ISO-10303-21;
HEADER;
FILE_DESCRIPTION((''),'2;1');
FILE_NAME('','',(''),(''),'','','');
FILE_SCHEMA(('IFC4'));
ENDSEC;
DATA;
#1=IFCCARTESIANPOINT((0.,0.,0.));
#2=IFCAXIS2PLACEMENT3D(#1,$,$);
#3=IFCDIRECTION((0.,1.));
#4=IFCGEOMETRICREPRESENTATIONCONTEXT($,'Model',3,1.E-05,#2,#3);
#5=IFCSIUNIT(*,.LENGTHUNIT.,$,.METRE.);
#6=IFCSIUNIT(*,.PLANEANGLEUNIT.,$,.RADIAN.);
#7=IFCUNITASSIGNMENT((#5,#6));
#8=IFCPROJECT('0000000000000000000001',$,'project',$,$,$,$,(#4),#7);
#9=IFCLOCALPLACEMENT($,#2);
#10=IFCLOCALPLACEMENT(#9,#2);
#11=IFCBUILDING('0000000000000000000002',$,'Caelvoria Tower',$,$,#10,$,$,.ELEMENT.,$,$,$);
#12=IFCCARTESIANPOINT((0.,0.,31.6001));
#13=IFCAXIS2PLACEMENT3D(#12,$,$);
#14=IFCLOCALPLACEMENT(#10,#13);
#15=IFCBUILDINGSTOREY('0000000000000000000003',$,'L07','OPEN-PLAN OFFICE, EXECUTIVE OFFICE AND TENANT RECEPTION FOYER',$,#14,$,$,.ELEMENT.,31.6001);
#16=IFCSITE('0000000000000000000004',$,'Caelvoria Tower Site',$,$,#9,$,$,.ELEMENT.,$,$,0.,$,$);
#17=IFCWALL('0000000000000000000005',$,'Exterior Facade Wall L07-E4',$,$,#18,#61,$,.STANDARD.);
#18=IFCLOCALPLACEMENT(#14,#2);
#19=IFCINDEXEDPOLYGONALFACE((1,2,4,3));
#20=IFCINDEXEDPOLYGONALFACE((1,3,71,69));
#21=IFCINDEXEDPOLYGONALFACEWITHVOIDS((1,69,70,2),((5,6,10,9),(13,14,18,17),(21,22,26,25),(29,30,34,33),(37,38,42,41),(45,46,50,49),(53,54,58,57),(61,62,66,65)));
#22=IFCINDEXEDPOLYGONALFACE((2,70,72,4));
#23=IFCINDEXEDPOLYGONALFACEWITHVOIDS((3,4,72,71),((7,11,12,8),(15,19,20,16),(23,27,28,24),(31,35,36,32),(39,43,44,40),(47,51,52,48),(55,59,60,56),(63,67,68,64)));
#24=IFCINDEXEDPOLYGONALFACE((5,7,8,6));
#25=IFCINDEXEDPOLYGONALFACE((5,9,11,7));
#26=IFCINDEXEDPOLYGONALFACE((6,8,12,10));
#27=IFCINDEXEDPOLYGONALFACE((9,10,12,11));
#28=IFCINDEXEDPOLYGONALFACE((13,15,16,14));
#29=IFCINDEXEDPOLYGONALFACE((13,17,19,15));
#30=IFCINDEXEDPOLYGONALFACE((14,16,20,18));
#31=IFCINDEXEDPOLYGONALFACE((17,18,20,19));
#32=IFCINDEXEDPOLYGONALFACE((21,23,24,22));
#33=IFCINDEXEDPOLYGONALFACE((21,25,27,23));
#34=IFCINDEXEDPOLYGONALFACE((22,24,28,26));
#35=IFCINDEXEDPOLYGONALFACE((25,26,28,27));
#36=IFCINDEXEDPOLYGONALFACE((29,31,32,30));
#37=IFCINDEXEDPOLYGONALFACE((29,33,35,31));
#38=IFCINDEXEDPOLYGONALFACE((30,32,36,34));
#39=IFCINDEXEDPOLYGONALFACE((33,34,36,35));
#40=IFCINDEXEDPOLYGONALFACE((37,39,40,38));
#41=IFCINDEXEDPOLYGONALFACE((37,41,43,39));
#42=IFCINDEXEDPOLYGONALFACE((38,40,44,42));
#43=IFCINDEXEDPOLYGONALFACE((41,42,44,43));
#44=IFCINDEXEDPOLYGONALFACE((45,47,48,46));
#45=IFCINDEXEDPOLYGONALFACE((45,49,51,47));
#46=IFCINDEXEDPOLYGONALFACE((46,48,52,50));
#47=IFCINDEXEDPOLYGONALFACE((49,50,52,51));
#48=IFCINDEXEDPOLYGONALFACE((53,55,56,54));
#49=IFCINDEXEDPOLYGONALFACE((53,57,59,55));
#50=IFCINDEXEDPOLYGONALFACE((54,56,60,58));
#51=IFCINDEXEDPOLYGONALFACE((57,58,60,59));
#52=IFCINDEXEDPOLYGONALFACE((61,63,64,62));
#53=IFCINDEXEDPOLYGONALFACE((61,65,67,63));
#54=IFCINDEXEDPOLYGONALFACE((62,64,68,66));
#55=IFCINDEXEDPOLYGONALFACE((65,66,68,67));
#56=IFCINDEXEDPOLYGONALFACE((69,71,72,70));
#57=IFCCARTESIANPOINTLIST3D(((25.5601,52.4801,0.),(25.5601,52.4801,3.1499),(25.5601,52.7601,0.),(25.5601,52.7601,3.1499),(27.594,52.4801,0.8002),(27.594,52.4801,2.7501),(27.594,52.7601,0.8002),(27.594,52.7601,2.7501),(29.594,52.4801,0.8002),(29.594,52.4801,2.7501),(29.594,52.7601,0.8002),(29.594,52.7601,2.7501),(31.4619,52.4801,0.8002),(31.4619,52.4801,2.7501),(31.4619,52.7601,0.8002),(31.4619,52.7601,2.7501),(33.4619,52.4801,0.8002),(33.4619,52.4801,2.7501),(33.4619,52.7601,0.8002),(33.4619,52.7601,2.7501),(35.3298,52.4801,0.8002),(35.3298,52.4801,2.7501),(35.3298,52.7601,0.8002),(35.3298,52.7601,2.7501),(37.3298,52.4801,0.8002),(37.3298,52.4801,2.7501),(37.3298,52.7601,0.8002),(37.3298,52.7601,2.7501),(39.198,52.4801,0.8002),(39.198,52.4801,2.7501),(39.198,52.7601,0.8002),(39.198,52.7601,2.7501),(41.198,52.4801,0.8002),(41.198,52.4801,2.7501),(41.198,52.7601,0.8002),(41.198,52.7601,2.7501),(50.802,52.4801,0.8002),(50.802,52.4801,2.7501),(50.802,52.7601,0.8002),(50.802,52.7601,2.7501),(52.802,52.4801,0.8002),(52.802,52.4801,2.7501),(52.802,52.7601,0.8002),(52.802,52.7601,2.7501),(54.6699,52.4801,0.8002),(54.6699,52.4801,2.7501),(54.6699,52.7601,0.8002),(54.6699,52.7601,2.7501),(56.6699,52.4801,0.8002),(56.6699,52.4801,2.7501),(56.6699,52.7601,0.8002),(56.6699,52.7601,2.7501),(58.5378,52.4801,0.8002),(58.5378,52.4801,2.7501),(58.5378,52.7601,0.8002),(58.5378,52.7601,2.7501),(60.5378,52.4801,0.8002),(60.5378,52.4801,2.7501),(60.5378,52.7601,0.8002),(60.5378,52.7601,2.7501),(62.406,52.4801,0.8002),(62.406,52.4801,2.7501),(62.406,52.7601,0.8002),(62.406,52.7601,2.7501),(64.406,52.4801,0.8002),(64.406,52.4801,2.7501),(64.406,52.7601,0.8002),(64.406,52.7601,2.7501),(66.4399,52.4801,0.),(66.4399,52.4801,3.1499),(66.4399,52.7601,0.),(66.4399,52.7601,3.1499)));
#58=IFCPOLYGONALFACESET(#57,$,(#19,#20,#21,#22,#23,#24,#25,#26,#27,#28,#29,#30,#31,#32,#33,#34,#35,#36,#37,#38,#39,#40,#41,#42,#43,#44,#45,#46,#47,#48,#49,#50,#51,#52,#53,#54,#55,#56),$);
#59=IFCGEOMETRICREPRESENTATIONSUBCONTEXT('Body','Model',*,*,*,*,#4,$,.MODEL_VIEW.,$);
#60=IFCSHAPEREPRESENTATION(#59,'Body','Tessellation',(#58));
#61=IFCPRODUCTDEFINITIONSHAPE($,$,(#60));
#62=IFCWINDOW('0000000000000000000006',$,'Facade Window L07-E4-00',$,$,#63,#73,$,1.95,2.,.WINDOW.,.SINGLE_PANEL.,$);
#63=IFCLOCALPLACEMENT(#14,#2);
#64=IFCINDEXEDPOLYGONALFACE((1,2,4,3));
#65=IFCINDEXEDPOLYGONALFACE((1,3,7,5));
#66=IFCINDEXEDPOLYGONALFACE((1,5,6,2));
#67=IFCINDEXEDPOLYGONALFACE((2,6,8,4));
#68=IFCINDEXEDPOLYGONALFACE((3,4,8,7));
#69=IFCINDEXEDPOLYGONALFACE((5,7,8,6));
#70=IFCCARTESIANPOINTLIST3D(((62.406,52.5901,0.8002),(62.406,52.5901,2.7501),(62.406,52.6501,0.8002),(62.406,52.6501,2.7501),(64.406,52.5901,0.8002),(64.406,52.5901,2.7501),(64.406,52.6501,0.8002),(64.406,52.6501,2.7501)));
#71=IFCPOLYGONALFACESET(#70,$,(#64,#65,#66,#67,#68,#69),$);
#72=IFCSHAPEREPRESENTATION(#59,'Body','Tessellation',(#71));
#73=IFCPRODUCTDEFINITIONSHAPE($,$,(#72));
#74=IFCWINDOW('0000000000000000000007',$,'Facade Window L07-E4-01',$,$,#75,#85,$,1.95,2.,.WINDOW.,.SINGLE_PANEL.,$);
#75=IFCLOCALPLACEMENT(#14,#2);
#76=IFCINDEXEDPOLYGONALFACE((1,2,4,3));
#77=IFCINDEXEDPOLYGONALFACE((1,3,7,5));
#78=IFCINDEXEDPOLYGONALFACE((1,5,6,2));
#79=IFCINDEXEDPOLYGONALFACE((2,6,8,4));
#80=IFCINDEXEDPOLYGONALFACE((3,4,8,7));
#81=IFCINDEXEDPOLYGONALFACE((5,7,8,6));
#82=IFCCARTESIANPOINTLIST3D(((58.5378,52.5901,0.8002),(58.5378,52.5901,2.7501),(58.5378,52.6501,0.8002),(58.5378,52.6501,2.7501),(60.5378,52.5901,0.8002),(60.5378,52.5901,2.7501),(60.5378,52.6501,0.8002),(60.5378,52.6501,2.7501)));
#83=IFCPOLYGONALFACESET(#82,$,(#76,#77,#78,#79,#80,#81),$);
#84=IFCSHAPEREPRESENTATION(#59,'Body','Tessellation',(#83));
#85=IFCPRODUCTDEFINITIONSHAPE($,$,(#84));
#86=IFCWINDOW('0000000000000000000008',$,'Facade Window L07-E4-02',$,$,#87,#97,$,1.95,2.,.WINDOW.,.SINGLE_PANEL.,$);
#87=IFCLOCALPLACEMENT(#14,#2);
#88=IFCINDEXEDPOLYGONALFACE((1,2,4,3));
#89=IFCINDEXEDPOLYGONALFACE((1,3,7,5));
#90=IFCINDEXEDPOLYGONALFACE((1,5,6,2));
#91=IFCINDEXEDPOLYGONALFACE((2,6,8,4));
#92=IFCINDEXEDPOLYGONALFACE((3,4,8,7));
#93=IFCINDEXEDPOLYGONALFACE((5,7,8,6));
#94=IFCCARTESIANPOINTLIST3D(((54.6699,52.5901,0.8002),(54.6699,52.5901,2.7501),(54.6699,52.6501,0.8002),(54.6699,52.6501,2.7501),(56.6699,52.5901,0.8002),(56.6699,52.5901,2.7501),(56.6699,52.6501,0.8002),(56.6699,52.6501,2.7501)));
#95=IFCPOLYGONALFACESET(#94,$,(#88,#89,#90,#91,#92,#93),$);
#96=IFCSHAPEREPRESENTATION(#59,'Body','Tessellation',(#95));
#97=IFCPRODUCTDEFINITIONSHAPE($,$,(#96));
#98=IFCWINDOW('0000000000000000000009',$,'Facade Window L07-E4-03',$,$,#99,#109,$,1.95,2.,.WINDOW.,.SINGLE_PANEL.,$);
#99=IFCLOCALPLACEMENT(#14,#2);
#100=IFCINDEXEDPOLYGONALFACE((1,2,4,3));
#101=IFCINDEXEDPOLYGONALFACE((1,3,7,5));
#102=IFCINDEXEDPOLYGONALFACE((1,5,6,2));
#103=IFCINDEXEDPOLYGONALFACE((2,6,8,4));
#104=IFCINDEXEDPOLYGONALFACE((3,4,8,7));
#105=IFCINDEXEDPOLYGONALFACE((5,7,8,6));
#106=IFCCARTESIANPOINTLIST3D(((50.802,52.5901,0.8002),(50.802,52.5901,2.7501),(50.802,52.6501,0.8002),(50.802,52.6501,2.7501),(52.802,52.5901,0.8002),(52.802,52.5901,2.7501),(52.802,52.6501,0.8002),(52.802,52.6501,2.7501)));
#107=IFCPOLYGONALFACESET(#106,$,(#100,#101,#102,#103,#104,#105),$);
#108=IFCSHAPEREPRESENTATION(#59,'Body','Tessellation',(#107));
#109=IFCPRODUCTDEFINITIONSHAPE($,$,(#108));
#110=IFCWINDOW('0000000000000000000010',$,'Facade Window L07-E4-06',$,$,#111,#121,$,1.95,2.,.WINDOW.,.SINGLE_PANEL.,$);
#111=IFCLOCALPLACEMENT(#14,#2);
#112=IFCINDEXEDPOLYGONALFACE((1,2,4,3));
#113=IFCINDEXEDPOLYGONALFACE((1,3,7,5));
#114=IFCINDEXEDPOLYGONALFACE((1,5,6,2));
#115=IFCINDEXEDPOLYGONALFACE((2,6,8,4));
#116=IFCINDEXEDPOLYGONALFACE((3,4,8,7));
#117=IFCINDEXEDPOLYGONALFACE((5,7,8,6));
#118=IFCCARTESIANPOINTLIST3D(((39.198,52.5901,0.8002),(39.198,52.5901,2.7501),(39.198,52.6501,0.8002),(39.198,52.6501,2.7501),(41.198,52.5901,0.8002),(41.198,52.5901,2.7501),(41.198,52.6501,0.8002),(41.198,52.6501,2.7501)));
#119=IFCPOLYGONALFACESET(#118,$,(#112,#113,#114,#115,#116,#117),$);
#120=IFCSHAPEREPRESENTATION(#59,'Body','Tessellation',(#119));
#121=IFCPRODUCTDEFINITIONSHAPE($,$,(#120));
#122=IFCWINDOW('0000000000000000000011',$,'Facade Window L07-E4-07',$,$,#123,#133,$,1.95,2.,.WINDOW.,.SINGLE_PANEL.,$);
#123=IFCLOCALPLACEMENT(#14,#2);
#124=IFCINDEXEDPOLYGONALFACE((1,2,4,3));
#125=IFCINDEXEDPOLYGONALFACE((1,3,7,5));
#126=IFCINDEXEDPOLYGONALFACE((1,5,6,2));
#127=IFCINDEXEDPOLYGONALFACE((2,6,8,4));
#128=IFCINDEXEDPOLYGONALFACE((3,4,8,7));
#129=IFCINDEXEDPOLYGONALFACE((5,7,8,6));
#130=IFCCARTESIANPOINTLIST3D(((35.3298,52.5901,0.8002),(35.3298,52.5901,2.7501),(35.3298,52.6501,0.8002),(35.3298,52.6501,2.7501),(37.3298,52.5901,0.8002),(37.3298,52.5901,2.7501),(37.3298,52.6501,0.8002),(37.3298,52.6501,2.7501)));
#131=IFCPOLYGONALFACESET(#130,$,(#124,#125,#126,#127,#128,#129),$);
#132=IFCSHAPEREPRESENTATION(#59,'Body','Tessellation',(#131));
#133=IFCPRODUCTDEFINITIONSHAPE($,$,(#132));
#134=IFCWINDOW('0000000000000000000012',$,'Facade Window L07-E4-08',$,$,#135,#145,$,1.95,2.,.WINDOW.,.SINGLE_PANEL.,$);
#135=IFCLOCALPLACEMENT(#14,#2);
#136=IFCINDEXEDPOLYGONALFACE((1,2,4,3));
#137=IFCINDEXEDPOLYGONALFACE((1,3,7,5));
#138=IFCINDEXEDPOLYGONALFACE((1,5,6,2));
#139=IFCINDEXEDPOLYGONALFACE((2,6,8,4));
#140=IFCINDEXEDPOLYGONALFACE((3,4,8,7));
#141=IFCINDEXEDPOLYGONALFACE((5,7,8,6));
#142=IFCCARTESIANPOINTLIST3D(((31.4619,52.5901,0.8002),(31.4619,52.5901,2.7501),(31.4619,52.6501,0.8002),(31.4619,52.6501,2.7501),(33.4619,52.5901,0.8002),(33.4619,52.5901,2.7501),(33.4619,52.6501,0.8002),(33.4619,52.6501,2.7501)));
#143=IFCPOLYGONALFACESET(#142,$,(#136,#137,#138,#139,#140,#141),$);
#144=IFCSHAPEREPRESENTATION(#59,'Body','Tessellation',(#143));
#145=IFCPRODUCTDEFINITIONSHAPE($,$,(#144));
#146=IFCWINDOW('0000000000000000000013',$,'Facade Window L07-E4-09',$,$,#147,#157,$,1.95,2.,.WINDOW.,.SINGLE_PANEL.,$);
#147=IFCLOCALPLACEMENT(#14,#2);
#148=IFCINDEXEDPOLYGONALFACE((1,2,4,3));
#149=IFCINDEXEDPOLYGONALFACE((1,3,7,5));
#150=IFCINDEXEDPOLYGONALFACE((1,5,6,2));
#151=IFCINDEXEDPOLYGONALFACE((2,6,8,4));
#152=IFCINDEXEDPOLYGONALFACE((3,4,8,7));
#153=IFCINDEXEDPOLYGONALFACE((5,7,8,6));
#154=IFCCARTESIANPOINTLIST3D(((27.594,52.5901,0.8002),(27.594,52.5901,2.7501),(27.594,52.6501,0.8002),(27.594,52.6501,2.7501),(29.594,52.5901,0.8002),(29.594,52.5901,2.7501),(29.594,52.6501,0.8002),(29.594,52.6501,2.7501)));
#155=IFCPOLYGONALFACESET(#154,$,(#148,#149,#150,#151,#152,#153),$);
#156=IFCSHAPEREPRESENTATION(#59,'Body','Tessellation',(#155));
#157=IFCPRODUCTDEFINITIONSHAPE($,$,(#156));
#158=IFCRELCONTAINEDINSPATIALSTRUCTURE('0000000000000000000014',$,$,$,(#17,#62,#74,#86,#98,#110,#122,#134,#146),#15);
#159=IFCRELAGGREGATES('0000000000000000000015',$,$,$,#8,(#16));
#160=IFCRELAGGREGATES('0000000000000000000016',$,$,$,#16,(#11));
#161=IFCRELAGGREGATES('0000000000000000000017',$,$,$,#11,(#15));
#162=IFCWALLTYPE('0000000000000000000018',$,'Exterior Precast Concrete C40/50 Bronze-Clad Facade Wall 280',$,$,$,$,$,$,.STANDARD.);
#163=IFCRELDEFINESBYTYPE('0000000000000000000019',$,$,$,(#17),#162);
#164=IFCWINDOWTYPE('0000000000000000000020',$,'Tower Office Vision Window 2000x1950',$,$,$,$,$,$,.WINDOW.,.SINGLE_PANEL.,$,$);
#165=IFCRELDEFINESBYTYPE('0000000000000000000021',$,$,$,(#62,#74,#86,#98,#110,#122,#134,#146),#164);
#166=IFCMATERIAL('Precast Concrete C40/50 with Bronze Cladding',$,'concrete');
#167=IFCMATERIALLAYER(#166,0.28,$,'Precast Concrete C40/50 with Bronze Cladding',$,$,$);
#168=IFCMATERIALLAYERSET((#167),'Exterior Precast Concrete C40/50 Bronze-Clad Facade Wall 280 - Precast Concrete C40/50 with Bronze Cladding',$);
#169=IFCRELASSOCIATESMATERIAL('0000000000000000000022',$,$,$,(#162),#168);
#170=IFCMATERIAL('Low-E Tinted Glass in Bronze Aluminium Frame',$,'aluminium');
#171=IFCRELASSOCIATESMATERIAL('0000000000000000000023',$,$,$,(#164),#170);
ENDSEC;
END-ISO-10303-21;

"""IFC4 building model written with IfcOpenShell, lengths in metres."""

from ifc_helpers import new_model, si_unit, direction, frame, frame_2d, origin, place, context, subcontext, project, spatial, rectangle, extrude, material, layer, layer_set, type_object, element, fill, save


model = new_model("IFC4")

# Units and contexts
model_context = context("Model", 3, precision=1e-05, world=origin(), true_north=direction((0.0, 1.0)))
body_context = subcontext(model_context, "Body", "Model", "MODEL_VIEW")
ifc_project = project(units=[si_unit("LENGTHUNIT", "METRE"), si_unit("PLANEANGLEUNIT", "RADIAN")], contexts=[model_context])

# Site, building, storey
site_placement = place(None, origin())
site = spatial("IfcSite", under=ifc_project, at=site_placement, Name="Caelvoria Tower Site", CompositionType="ELEMENT", RefElevation=0.0)
building_placement = place(site_placement, origin())
building = spatial("IfcBuilding", under=site, at=building_placement, Name="Caelvoria Tower", CompositionType="ELEMENT")
storey_placement = place(building_placement, frame((0.0, 0.0, 31.6001)))
storey = spatial("IfcBuildingStorey", under=building, at=storey_placement, Name="L07", Description="OPEN-PLAN OFFICE, EXECUTIVE OFFICE AND TENANT RECEPTION FOYER", CompositionType="ELEMENT", Elevation=31.6001)

# Wall, openings, windows
ifc_material_1 = material(Name="Precast Concrete C40/50 with Bronze Cladding", Category="concrete")
ifc_layer_1 = layer(ifc_material_1, 0.28, Name="Precast Concrete C40/50 with Bronze Cladding")
ifc_layer_set_1 = layer_set([ifc_layer_1], Name="Exterior Precast Concrete C40/50 Bronze-Clad Facade Wall 280 - Precast Concrete C40/50 with Bronze Cladding")
wall_type = type_object("IfcWallType", Name="Exterior Precast Concrete C40/50 Bronze-Clad Facade Wall 280", PredefinedType="STANDARD", material=ifc_layer_set_1)
wall_placement = place(storey_placement, frame((66.4399, 52.6201, 0.0), z_axis=(0.0, 0.0, 1.0), x_axis=(-1.0, 0.0, 0.0)))
wall = element("IfcWall", 1, at=wall_placement, inside=storey, type_object=wall_type, Name="Exterior Facade Wall L07-E4", PredefinedType="STANDARD", context=body_context, shape_type="SweptSolid", body=[
    extrude(rectangle(XDim=40.8799, YDim=0.28, at=frame_2d((20.4399, 0.0))), origin(), (0.0, 0.0, 1.0), 3.1499),
])
opening_1_placement = place(wall_placement, frame((2.0339, 0.0, 0.8)))
opening_1 = element("IfcOpeningElement", 2, at=opening_1_placement, cuts=wall, PredefinedType="OPENING", context=body_context, shape_type="SweptSolid", body=[
    extrude(rectangle(XDim=2.0, YDim=1.95, at=frame_2d((1.0, 0.9751))), frame((0.0, 0.1499, 0.0), z_axis=(0.0, -1.0, 0.0), x_axis=(1.0, 0.0, 0.0)), (0.0, 0.0, 1.0), 0.3),
])
opening_2_placement = place(wall_placement, frame((5.9021, 0.0, 0.8)))
opening_2 = element("IfcOpeningElement", 3, at=opening_2_placement, cuts=wall, PredefinedType="OPENING", context=body_context, shape_type="SweptSolid", body=[
    extrude(rectangle(XDim=2.0, YDim=1.95, at=frame_2d((1.0, 0.9751))), frame((0.0, 0.1499, 0.0), z_axis=(0.0, -1.0, 0.0), x_axis=(1.0, 0.0, 0.0)), (0.0, 0.0, 1.0), 0.3),
])
opening_3_placement = place(wall_placement, frame((9.77, 0.0, 0.8)))
opening_3 = element("IfcOpeningElement", 4, at=opening_3_placement, cuts=wall, PredefinedType="OPENING", context=body_context, shape_type="SweptSolid", body=[
    extrude(rectangle(XDim=2.0, YDim=1.95, at=frame_2d((1.0, 0.9751))), frame((0.0, 0.1499, 0.0), z_axis=(0.0, -1.0, 0.0), x_axis=(1.0, 0.0, 0.0)), (0.0, 0.0, 1.0), 0.3),
])
opening_4_placement = place(wall_placement, frame((13.6379, 0.0, 0.8)))
opening_4 = element("IfcOpeningElement", 5, at=opening_4_placement, cuts=wall, PredefinedType="OPENING", context=body_context, shape_type="SweptSolid", body=[
    extrude(rectangle(XDim=2.0, YDim=1.95, at=frame_2d((1.0, 0.9751))), frame((0.0, 0.1499, 0.0), z_axis=(0.0, -1.0, 0.0), x_axis=(1.0, 0.0, 0.0)), (0.0, 0.0, 1.0), 0.3),
])
opening_5_placement = place(wall_placement, frame((25.2419, 0.0, 0.8)))
opening_5 = element("IfcOpeningElement", 6, at=opening_5_placement, cuts=wall, PredefinedType="OPENING", context=body_context, shape_type="SweptSolid", body=[
    extrude(rectangle(XDim=2.0, YDim=1.95, at=frame_2d((1.0, 0.9751))), frame((0.0, 0.1499, 0.0), z_axis=(0.0, -1.0, 0.0), x_axis=(1.0, 0.0, 0.0)), (0.0, 0.0, 1.0), 0.3),
])
opening_6_placement = place(wall_placement, frame((29.1101, 0.0, 0.8)))
opening_6 = element("IfcOpeningElement", 7, at=opening_6_placement, cuts=wall, PredefinedType="OPENING", context=body_context, shape_type="SweptSolid", body=[
    extrude(rectangle(XDim=2.0, YDim=1.95, at=frame_2d((1.0, 0.9751))), frame((0.0, 0.1499, 0.0), z_axis=(0.0, -1.0, 0.0), x_axis=(1.0, 0.0, 0.0)), (0.0, 0.0, 1.0), 0.3),
])
opening_7_placement = place(wall_placement, frame((32.978, 0.0, 0.8)))
opening_7 = element("IfcOpeningElement", 8, at=opening_7_placement, cuts=wall, PredefinedType="OPENING", context=body_context, shape_type="SweptSolid", body=[
    extrude(rectangle(XDim=2.0, YDim=1.95, at=frame_2d((1.0, 0.9751))), frame((0.0, 0.1499, 0.0), z_axis=(0.0, -1.0, 0.0), x_axis=(1.0, 0.0, 0.0)), (0.0, 0.0, 1.0), 0.3),
])
opening_8_placement = place(wall_placement, frame((36.8459, 0.0, 0.8)))
opening_8 = element("IfcOpeningElement", 9, at=opening_8_placement, cuts=wall, PredefinedType="OPENING", context=body_context, shape_type="SweptSolid", body=[
    extrude(rectangle(XDim=2.0, YDim=1.95, at=frame_2d((1.0, 0.9751))), frame((0.0, 0.1499, 0.0), z_axis=(0.0, -1.0, 0.0), x_axis=(1.0, 0.0, 0.0)), (0.0, 0.0, 1.0), 0.3),
])
ifc_material_2 = material(Name="Low-E Tinted Glass in Bronze Aluminium Frame", Category="aluminium")
window_type = type_object("IfcWindowType", Name="Tower Office Vision Window 2000x1950", PartitioningType="SINGLE_PANEL", PredefinedType="WINDOW", material=ifc_material_2)
window_1_placement = place(opening_1_placement, origin())
window_1 = element("IfcWindow", 10, at=window_1_placement, inside=storey, type_object=window_type, Name="Facade Window L07-E4-00", OverallHeight=1.95, OverallWidth=2.0, PartitioningType="SINGLE_PANEL", PredefinedType="WINDOW", context=body_context, shape_type="SweptSolid", body=[
    extrude(rectangle(XDim=2.0, YDim=1.95, at=frame_2d((1.0, 0.9751))), frame((0.0, 0.03, 0.0), z_axis=(0.0, -1.0, 0.0), x_axis=(1.0, 0.0, 0.0)), (0.0, 0.0, 1.0), 0.0601),
])
fill(opening_1, window_1)
window_2_placement = place(opening_2_placement, origin())
window_2 = element("IfcWindow", 11, at=window_2_placement, inside=storey, type_object=window_type, Name="Facade Window L07-E4-01", OverallHeight=1.95, OverallWidth=2.0, PartitioningType="SINGLE_PANEL", PredefinedType="WINDOW", context=body_context, shape_type="SweptSolid", body=[
    extrude(rectangle(XDim=2.0, YDim=1.95, at=frame_2d((1.0, 0.9751))), frame((0.0, 0.03, 0.0), z_axis=(0.0, -1.0, 0.0), x_axis=(1.0, 0.0, 0.0)), (0.0, 0.0, 1.0), 0.0601),
])
fill(opening_2, window_2)
window_3_placement = place(opening_3_placement, origin())
window_3 = element("IfcWindow", 12, at=window_3_placement, inside=storey, type_object=window_type, Name="Facade Window L07-E4-02", OverallHeight=1.95, OverallWidth=2.0, PartitioningType="SINGLE_PANEL", PredefinedType="WINDOW", context=body_context, shape_type="SweptSolid", body=[
    extrude(rectangle(XDim=2.0, YDim=1.95, at=frame_2d((1.0, 0.9751))), frame((0.0, 0.03, 0.0), z_axis=(0.0, -1.0, 0.0), x_axis=(1.0, 0.0, 0.0)), (0.0, 0.0, 1.0), 0.0601),
])
fill(opening_3, window_3)
window_4_placement = place(opening_4_placement, origin())
window_4 = element("IfcWindow", 13, at=window_4_placement, inside=storey, type_object=window_type, Name="Facade Window L07-E4-03", OverallHeight=1.95, OverallWidth=2.0, PartitioningType="SINGLE_PANEL", PredefinedType="WINDOW", context=body_context, shape_type="SweptSolid", body=[
    extrude(rectangle(XDim=2.0, YDim=1.95, at=frame_2d((1.0, 0.9751))), frame((0.0, 0.03, 0.0), z_axis=(0.0, -1.0, 0.0), x_axis=(1.0, 0.0, 0.0)), (0.0, 0.0, 1.0), 0.0601),
])
fill(opening_4, window_4)
window_5_placement = place(opening_5_placement, origin())
window_5 = element("IfcWindow", 14, at=window_5_placement, inside=storey, type_object=window_type, Name="Facade Window L07-E4-06", OverallHeight=1.95, OverallWidth=2.0, PartitioningType="SINGLE_PANEL", PredefinedType="WINDOW", context=body_context, shape_type="SweptSolid", body=[
    extrude(rectangle(XDim=2.0, YDim=1.95, at=frame_2d((1.0, 0.9751))), frame((0.0, 0.03, 0.0), z_axis=(0.0, -1.0, 0.0), x_axis=(1.0, 0.0, 0.0)), (0.0, 0.0, 1.0), 0.0601),
])
fill(opening_5, window_5)
window_6_placement = place(opening_6_placement, origin())
window_6 = element("IfcWindow", 15, at=window_6_placement, inside=storey, type_object=window_type, Name="Facade Window L07-E4-07", OverallHeight=1.95, OverallWidth=2.0, PartitioningType="SINGLE_PANEL", PredefinedType="WINDOW", context=body_context, shape_type="SweptSolid", body=[
    extrude(rectangle(XDim=2.0, YDim=1.95, at=frame_2d((1.0, 0.9751))), frame((0.0, 0.03, 0.0), z_axis=(0.0, -1.0, 0.0), x_axis=(1.0, 0.0, 0.0)), (0.0, 0.0, 1.0), 0.0601),
])
fill(opening_6, window_6)
window_7_placement = place(opening_7_placement, origin())
window_7 = element("IfcWindow", 16, at=window_7_placement, inside=storey, type_object=window_type, Name="Facade Window L07-E4-08", OverallHeight=1.95, OverallWidth=2.0, PartitioningType="SINGLE_PANEL", PredefinedType="WINDOW", context=body_context, shape_type="SweptSolid", body=[
    extrude(rectangle(XDim=2.0, YDim=1.95, at=frame_2d((1.0, 0.9751))), frame((0.0, 0.03, 0.0), z_axis=(0.0, -1.0, 0.0), x_axis=(1.0, 0.0, 0.0)), (0.0, 0.0, 1.0), 0.0601),
])
fill(opening_7, window_7)
window_8_placement = place(opening_8_placement, origin())
window_8 = element("IfcWindow", 17, at=window_8_placement, inside=storey, type_object=window_type, Name="Facade Window L07-E4-09", OverallHeight=1.95, OverallWidth=2.0, PartitioningType="SINGLE_PANEL", PredefinedType="WINDOW", context=body_context, shape_type="SweptSolid", body=[
    extrude(rectangle(XDim=2.0, YDim=1.95, at=frame_2d((1.0, 0.9751))), frame((0.0, 0.03, 0.0), z_axis=(0.0, -1.0, 0.0), x_axis=(1.0, 0.0, 0.0)), (0.0, 0.0, 1.0), 0.0601),
])
fill(opening_8, window_8)

save(model, "model.ifc")
